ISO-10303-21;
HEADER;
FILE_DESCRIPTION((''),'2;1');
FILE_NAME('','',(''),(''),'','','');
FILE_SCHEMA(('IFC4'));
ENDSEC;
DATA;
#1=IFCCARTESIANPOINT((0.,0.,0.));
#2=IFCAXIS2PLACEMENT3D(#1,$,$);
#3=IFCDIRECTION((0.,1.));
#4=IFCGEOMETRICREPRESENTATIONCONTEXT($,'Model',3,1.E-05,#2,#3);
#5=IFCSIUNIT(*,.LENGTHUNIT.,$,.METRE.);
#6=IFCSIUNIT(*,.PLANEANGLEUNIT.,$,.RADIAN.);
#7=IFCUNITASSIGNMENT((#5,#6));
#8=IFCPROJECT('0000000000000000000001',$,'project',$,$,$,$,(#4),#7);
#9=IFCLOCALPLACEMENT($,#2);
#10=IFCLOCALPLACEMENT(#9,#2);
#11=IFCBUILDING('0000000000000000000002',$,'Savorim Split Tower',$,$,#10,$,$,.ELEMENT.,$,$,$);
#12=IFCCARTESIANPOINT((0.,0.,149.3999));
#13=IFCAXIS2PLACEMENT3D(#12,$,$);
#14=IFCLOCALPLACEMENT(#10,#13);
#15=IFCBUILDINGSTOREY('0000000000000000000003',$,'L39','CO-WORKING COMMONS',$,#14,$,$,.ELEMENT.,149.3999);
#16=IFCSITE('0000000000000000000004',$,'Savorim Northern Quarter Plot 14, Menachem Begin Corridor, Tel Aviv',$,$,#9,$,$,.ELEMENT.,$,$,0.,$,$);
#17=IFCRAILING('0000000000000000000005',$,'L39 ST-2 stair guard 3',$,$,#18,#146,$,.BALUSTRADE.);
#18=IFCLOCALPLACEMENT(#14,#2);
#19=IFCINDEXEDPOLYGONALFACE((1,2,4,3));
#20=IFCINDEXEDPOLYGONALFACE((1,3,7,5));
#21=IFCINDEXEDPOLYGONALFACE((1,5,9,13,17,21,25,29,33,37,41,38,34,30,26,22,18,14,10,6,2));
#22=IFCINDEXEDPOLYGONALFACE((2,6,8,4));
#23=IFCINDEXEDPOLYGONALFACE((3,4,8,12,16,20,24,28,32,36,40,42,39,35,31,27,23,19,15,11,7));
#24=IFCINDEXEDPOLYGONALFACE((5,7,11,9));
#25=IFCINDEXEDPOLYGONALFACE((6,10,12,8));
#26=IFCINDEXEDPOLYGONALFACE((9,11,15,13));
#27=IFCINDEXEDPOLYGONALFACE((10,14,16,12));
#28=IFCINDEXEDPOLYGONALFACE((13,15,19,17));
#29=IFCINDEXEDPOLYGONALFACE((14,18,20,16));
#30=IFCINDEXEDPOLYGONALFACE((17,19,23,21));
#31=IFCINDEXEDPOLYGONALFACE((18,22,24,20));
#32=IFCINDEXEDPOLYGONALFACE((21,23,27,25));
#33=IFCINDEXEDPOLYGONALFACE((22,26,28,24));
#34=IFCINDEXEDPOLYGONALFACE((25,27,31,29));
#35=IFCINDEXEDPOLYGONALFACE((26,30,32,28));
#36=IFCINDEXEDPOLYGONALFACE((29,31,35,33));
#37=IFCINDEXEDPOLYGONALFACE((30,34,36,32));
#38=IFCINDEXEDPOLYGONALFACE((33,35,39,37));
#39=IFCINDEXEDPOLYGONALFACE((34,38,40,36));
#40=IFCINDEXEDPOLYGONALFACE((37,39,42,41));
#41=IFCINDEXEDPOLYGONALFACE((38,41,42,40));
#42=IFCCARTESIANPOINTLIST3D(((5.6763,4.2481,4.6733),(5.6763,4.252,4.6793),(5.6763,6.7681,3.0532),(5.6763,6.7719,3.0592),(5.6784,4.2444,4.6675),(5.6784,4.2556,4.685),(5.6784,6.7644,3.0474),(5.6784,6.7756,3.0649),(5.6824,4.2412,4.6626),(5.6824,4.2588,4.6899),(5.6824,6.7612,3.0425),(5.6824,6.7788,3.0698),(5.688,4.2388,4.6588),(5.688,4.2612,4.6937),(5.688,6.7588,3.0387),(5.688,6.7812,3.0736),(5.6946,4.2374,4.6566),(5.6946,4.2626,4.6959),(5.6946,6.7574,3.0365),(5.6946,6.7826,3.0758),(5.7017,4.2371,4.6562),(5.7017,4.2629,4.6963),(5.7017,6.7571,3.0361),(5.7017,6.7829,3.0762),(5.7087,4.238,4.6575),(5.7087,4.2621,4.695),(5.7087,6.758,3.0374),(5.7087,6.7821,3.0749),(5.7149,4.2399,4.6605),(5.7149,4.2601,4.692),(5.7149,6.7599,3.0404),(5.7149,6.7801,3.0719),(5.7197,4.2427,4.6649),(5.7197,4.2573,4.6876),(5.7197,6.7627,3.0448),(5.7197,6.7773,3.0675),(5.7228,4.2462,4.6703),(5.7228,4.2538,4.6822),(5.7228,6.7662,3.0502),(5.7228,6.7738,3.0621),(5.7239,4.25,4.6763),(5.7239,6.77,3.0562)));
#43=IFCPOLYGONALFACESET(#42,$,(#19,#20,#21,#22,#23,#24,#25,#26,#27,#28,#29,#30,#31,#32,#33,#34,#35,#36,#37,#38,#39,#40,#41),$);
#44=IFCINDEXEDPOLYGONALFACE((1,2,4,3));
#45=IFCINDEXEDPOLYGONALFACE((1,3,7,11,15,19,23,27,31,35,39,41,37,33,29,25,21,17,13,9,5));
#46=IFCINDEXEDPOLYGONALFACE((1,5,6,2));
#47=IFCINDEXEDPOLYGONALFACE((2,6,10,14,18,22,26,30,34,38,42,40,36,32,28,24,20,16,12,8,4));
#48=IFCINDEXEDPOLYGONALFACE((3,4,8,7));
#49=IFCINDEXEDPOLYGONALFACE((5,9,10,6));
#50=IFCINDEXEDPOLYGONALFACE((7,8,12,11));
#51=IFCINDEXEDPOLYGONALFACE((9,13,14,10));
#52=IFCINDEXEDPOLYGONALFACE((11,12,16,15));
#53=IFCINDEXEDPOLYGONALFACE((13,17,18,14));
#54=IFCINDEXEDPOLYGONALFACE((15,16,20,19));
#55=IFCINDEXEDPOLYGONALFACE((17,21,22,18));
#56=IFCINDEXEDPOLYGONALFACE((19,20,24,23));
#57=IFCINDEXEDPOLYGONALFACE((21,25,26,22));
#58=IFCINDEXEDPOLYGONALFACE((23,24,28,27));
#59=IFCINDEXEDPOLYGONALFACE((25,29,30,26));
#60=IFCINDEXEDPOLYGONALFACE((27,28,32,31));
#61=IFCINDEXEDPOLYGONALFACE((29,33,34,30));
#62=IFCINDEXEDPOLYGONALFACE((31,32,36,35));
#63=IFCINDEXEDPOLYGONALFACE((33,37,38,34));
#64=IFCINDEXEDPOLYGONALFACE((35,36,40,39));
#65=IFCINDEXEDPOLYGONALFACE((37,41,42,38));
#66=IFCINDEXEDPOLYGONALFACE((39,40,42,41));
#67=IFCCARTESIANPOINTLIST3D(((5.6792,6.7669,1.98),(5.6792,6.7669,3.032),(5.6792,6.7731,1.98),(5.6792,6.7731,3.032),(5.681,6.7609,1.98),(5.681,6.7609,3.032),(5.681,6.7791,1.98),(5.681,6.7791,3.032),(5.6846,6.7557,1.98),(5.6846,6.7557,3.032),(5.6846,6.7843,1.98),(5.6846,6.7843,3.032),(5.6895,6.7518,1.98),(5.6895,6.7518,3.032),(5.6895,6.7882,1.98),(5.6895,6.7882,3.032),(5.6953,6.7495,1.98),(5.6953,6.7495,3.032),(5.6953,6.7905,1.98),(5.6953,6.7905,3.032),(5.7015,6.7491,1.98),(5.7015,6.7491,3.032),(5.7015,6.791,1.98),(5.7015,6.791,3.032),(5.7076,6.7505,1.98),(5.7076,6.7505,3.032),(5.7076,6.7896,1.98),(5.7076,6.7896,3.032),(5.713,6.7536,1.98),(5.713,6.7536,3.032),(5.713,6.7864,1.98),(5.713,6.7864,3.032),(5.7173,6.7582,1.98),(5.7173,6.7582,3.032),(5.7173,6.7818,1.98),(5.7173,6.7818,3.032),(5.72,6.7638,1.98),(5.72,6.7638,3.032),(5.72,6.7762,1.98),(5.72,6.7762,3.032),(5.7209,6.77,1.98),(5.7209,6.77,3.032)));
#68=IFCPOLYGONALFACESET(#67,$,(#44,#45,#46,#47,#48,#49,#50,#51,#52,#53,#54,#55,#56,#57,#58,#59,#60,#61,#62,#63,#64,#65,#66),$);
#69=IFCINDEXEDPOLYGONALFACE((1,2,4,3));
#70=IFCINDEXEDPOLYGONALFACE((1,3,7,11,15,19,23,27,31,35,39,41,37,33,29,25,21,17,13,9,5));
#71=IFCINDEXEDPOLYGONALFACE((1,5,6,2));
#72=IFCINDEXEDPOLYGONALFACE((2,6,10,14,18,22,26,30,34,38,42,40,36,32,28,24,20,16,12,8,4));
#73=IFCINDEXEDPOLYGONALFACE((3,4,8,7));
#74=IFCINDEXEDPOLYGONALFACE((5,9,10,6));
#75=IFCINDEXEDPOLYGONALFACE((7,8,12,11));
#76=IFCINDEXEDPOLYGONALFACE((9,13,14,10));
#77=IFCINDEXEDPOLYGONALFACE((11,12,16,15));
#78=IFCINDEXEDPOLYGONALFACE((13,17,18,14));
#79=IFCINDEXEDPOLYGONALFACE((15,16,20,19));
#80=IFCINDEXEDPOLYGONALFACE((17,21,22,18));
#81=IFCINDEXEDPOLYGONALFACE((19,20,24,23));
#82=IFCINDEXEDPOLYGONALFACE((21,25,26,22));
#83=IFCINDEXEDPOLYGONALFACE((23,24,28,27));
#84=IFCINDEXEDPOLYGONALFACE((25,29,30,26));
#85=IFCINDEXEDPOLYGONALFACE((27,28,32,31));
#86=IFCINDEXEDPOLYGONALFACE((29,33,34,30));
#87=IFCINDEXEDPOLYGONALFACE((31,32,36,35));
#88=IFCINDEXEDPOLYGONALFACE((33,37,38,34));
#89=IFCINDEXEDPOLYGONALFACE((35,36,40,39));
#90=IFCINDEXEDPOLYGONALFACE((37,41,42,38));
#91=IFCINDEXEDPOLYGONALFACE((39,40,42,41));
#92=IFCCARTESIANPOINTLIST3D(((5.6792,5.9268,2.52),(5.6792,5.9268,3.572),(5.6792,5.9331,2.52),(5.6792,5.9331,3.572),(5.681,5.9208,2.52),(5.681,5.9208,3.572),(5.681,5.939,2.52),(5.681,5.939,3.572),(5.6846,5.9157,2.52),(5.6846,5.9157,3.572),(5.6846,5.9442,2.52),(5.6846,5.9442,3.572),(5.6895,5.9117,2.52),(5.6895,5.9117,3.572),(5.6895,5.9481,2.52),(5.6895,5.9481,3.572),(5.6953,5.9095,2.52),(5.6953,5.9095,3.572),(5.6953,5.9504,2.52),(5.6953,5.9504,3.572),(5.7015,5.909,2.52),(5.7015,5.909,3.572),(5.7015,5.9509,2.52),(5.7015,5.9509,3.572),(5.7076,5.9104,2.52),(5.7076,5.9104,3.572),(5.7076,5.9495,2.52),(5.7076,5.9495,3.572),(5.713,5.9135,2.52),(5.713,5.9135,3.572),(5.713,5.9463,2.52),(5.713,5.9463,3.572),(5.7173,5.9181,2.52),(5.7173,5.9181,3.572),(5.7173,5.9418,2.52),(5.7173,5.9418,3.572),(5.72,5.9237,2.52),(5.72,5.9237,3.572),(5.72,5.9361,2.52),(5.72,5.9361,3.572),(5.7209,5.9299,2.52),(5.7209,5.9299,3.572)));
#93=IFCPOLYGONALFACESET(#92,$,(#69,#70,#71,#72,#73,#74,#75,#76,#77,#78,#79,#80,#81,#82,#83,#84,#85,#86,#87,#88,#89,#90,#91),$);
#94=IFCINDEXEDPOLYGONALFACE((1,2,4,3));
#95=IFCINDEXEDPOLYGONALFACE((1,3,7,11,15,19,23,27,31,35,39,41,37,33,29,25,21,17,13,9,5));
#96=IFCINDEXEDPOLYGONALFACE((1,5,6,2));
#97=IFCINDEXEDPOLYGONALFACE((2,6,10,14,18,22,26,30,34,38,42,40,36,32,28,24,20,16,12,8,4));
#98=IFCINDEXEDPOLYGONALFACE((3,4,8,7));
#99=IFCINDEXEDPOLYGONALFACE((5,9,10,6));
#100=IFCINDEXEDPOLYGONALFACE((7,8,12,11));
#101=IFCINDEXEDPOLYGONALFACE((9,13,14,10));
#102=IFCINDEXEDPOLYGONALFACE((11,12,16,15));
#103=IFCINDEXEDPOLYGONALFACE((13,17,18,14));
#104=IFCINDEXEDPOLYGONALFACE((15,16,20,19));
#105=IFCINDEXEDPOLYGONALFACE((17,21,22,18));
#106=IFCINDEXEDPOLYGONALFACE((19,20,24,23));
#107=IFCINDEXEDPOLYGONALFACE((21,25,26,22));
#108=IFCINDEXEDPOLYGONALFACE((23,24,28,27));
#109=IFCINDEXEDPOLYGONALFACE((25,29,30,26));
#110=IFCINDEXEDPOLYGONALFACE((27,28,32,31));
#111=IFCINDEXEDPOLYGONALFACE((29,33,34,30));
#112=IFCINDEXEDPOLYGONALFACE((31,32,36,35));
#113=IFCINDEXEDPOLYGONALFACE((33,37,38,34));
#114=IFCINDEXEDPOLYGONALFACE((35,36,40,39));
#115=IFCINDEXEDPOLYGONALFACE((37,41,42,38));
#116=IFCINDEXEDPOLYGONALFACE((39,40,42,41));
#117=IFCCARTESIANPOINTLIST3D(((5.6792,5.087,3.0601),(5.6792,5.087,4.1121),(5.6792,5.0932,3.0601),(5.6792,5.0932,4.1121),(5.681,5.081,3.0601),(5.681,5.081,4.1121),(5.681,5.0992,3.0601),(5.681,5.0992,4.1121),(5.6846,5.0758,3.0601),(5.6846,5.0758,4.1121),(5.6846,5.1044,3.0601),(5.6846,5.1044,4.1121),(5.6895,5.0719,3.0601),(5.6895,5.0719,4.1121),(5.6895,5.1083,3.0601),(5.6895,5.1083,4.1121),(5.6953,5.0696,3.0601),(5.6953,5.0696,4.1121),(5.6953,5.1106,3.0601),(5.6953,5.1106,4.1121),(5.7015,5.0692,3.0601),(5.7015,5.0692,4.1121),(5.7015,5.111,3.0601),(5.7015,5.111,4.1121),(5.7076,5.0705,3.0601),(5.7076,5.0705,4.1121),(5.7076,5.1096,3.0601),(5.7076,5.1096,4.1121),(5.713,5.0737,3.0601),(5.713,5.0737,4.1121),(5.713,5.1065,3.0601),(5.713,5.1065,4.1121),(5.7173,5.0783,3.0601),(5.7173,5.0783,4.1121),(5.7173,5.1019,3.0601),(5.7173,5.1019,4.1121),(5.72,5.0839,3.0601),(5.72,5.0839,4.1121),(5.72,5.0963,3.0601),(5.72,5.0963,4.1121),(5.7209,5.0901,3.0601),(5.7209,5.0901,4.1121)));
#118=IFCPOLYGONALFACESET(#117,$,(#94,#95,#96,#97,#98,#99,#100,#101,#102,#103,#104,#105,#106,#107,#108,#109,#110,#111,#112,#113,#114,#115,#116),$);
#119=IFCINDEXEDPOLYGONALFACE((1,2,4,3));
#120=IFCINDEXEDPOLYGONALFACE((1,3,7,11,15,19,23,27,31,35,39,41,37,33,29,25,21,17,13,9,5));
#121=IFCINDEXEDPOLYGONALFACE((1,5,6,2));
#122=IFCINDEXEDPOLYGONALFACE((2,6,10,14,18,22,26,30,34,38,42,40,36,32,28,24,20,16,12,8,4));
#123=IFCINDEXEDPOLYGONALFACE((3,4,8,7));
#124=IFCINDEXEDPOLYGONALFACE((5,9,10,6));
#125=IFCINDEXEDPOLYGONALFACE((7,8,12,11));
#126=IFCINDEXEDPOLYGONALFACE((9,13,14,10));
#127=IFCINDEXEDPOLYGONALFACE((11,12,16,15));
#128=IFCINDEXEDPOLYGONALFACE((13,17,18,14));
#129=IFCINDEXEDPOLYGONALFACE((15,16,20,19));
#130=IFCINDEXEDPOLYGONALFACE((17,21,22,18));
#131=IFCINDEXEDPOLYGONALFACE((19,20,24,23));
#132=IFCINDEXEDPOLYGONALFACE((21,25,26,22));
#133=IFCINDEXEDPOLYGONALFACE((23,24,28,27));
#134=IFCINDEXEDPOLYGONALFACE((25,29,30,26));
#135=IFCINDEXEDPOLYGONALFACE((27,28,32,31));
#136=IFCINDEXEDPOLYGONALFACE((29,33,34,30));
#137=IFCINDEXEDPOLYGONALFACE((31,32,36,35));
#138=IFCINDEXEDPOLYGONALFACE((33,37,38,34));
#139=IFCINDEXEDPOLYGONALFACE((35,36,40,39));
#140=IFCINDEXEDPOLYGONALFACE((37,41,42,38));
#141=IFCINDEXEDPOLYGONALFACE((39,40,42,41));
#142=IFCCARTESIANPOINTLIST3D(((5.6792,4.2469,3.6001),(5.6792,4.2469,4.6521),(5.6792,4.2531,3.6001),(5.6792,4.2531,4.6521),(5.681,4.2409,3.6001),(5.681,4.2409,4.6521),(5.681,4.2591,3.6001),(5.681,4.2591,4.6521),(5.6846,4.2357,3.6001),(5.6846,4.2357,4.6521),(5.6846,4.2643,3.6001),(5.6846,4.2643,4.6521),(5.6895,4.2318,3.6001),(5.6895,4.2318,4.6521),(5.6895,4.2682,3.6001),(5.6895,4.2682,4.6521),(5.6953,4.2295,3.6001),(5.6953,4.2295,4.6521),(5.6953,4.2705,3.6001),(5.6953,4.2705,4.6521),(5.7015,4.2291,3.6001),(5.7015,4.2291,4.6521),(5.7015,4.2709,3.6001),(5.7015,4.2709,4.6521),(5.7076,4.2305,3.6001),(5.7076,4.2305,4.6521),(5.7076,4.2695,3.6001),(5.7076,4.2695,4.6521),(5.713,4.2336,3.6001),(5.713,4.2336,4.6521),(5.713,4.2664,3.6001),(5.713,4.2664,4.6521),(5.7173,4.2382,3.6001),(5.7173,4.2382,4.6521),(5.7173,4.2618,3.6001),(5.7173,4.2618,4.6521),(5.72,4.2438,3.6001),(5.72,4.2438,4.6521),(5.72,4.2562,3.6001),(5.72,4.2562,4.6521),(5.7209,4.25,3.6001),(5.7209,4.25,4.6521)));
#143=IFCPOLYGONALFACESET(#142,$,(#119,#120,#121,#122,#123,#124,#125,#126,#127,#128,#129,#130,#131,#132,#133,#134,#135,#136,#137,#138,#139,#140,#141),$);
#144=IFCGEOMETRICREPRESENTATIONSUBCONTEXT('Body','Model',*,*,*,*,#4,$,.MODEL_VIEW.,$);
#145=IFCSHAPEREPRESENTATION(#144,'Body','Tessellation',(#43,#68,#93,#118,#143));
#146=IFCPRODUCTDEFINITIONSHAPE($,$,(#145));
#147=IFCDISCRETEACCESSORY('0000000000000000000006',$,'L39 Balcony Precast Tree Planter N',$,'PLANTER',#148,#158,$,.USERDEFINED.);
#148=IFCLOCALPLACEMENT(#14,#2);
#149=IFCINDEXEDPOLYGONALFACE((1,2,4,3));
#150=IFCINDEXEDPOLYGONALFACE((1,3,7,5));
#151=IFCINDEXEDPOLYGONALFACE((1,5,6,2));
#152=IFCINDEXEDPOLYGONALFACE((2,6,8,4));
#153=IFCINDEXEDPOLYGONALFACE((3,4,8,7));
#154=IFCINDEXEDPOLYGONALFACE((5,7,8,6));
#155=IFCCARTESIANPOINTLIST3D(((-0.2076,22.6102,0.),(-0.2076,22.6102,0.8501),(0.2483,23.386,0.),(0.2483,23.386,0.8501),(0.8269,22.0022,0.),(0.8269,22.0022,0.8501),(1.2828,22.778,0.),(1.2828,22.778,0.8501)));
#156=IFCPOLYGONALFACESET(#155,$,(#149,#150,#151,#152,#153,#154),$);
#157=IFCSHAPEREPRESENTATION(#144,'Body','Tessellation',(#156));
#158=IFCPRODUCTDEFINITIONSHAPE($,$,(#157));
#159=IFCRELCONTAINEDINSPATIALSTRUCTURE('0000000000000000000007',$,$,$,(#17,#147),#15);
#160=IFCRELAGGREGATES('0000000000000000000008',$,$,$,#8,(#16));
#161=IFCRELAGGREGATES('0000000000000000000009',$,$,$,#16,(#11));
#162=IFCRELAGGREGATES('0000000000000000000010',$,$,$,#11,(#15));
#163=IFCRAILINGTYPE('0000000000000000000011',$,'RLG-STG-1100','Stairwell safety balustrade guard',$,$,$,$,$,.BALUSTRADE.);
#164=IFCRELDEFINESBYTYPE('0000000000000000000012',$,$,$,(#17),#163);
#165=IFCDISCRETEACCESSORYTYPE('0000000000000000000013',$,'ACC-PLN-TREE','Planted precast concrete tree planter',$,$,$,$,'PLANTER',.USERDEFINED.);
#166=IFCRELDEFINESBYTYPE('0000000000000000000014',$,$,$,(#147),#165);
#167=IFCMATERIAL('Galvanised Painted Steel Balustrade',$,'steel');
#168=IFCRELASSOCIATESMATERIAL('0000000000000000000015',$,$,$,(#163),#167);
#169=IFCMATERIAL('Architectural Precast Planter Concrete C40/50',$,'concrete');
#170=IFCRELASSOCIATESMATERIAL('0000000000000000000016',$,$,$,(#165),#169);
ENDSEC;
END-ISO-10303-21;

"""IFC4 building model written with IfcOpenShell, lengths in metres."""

from ifc_helpers import new_model, si_unit, direction, frame, origin, origin_2d, place, context, subcontext, project, spatial, rectangle, circle, extrude, material, type_object, element, save


model = new_model("IFC4")

# Units and contexts
model_context = context("Model", 3, precision=1e-05, world=origin(), true_north=direction((0.0, 1.0)))
body_context = subcontext(model_context, "Body", "Model", "MODEL_VIEW")
ifc_project = project(units=[si_unit("LENGTHUNIT", "METRE"), si_unit("PLANEANGLEUNIT", "RADIAN")], contexts=[model_context])

# Site, building, storey
site_placement = place(None, origin())
site = spatial("IfcSite", under=ifc_project, at=site_placement, Name="Savorim Northern Quarter Plot 14, Menachem Begin Corridor, Tel Aviv", CompositionType="ELEMENT", RefElevation=0.0)
building_placement = place(site_placement, origin())
building = spatial("IfcBuilding", under=site, at=building_placement, Name="Savorim Split Tower", CompositionType="ELEMENT")
storey_placement = place(building_placement, frame((0.0, 0.0, 149.3999)))
storey = spatial("IfcBuildingStorey", under=building, at=storey_placement, Name="L39", Description="CO-WORKING COMMONS", CompositionType="ELEMENT", Elevation=149.3999)

# Railing
ifc_material_1 = material(Name="Galvanised Painted Steel Balustrade", Category="steel")
railing_type_1 = type_object("IfcRailingType", Name="RLG-STG-1100", Description="Stairwell safety balustrade guard", PredefinedType="BALUSTRADE", material=ifc_material_1)
railing_1_placement = place(storey_placement, frame((5.7, 6.77, 1.98)))
element("IfcRailing", 1, at=railing_1_placement, inside=storey, type_object=railing_type_1, Name="L39 ST-2 stair guard 3", PredefinedType="BALUSTRADE", context=body_context, shape_type="SweptSolid", body=[
    extrude(circle(Radius=0.0239, at=origin_2d()), frame((0.0, 0.0, 1.0762), z_axis=(0.0, -0.841163, 0.540782), x_axis=(1.0, 0.0, 0.0)), (0.0, 0.0, 1.0), 2.9958),
    extrude(circle(Radius=0.021, at=origin_2d()), origin(), (0.0, 0.0, 1.0), 1.052),
    extrude(circle(Radius=0.021, at=origin_2d()), frame((0.0, -0.8401, 0.54)), (0.0, 0.0, 1.0), 1.052),
    extrude(circle(Radius=0.021, at=origin_2d()), frame((0.0, -1.6799, 1.0801)), (0.0, 0.0, 1.0), 1.052),
    extrude(circle(Radius=0.021, at=origin_2d()), frame((0.0, -2.52, 1.6201)), (0.0, 0.0, 1.0), 1.052),
])

# Discrete accessory
ifc_material_2 = material(Name="Architectural Precast Planter Concrete C40/50", Category="concrete")
discrete_accessory_type = type_object("IfcDiscreteAccessoryType", Name="ACC-PLN-TREE", Description="Planted precast concrete tree planter", ElementType="PLANTER", PredefinedType="USERDEFINED", material=ifc_material_2)
discrete_accessory_placement = place(storey_placement, frame((0.5376, 22.6941, 0.0), z_axis=(0.0, 0.0, 1.0), x_axis=(-0.862127, 0.506691, 0.0)))
element("IfcDiscreteAccessory", 2, at=discrete_accessory_placement, inside=storey, type_object=discrete_accessory_type, Name="L39 Balcony Precast Tree Planter N", ObjectType="PLANTER", PredefinedType="USERDEFINED", context=body_context, shape_type="SweptSolid", body=[
    extrude(rectangle(XDim=1.2, YDim=0.8999, at=origin_2d()), origin(), (0.0, 0.0, 1.0), 0.8501),
])

save(model, "model.ifc")
